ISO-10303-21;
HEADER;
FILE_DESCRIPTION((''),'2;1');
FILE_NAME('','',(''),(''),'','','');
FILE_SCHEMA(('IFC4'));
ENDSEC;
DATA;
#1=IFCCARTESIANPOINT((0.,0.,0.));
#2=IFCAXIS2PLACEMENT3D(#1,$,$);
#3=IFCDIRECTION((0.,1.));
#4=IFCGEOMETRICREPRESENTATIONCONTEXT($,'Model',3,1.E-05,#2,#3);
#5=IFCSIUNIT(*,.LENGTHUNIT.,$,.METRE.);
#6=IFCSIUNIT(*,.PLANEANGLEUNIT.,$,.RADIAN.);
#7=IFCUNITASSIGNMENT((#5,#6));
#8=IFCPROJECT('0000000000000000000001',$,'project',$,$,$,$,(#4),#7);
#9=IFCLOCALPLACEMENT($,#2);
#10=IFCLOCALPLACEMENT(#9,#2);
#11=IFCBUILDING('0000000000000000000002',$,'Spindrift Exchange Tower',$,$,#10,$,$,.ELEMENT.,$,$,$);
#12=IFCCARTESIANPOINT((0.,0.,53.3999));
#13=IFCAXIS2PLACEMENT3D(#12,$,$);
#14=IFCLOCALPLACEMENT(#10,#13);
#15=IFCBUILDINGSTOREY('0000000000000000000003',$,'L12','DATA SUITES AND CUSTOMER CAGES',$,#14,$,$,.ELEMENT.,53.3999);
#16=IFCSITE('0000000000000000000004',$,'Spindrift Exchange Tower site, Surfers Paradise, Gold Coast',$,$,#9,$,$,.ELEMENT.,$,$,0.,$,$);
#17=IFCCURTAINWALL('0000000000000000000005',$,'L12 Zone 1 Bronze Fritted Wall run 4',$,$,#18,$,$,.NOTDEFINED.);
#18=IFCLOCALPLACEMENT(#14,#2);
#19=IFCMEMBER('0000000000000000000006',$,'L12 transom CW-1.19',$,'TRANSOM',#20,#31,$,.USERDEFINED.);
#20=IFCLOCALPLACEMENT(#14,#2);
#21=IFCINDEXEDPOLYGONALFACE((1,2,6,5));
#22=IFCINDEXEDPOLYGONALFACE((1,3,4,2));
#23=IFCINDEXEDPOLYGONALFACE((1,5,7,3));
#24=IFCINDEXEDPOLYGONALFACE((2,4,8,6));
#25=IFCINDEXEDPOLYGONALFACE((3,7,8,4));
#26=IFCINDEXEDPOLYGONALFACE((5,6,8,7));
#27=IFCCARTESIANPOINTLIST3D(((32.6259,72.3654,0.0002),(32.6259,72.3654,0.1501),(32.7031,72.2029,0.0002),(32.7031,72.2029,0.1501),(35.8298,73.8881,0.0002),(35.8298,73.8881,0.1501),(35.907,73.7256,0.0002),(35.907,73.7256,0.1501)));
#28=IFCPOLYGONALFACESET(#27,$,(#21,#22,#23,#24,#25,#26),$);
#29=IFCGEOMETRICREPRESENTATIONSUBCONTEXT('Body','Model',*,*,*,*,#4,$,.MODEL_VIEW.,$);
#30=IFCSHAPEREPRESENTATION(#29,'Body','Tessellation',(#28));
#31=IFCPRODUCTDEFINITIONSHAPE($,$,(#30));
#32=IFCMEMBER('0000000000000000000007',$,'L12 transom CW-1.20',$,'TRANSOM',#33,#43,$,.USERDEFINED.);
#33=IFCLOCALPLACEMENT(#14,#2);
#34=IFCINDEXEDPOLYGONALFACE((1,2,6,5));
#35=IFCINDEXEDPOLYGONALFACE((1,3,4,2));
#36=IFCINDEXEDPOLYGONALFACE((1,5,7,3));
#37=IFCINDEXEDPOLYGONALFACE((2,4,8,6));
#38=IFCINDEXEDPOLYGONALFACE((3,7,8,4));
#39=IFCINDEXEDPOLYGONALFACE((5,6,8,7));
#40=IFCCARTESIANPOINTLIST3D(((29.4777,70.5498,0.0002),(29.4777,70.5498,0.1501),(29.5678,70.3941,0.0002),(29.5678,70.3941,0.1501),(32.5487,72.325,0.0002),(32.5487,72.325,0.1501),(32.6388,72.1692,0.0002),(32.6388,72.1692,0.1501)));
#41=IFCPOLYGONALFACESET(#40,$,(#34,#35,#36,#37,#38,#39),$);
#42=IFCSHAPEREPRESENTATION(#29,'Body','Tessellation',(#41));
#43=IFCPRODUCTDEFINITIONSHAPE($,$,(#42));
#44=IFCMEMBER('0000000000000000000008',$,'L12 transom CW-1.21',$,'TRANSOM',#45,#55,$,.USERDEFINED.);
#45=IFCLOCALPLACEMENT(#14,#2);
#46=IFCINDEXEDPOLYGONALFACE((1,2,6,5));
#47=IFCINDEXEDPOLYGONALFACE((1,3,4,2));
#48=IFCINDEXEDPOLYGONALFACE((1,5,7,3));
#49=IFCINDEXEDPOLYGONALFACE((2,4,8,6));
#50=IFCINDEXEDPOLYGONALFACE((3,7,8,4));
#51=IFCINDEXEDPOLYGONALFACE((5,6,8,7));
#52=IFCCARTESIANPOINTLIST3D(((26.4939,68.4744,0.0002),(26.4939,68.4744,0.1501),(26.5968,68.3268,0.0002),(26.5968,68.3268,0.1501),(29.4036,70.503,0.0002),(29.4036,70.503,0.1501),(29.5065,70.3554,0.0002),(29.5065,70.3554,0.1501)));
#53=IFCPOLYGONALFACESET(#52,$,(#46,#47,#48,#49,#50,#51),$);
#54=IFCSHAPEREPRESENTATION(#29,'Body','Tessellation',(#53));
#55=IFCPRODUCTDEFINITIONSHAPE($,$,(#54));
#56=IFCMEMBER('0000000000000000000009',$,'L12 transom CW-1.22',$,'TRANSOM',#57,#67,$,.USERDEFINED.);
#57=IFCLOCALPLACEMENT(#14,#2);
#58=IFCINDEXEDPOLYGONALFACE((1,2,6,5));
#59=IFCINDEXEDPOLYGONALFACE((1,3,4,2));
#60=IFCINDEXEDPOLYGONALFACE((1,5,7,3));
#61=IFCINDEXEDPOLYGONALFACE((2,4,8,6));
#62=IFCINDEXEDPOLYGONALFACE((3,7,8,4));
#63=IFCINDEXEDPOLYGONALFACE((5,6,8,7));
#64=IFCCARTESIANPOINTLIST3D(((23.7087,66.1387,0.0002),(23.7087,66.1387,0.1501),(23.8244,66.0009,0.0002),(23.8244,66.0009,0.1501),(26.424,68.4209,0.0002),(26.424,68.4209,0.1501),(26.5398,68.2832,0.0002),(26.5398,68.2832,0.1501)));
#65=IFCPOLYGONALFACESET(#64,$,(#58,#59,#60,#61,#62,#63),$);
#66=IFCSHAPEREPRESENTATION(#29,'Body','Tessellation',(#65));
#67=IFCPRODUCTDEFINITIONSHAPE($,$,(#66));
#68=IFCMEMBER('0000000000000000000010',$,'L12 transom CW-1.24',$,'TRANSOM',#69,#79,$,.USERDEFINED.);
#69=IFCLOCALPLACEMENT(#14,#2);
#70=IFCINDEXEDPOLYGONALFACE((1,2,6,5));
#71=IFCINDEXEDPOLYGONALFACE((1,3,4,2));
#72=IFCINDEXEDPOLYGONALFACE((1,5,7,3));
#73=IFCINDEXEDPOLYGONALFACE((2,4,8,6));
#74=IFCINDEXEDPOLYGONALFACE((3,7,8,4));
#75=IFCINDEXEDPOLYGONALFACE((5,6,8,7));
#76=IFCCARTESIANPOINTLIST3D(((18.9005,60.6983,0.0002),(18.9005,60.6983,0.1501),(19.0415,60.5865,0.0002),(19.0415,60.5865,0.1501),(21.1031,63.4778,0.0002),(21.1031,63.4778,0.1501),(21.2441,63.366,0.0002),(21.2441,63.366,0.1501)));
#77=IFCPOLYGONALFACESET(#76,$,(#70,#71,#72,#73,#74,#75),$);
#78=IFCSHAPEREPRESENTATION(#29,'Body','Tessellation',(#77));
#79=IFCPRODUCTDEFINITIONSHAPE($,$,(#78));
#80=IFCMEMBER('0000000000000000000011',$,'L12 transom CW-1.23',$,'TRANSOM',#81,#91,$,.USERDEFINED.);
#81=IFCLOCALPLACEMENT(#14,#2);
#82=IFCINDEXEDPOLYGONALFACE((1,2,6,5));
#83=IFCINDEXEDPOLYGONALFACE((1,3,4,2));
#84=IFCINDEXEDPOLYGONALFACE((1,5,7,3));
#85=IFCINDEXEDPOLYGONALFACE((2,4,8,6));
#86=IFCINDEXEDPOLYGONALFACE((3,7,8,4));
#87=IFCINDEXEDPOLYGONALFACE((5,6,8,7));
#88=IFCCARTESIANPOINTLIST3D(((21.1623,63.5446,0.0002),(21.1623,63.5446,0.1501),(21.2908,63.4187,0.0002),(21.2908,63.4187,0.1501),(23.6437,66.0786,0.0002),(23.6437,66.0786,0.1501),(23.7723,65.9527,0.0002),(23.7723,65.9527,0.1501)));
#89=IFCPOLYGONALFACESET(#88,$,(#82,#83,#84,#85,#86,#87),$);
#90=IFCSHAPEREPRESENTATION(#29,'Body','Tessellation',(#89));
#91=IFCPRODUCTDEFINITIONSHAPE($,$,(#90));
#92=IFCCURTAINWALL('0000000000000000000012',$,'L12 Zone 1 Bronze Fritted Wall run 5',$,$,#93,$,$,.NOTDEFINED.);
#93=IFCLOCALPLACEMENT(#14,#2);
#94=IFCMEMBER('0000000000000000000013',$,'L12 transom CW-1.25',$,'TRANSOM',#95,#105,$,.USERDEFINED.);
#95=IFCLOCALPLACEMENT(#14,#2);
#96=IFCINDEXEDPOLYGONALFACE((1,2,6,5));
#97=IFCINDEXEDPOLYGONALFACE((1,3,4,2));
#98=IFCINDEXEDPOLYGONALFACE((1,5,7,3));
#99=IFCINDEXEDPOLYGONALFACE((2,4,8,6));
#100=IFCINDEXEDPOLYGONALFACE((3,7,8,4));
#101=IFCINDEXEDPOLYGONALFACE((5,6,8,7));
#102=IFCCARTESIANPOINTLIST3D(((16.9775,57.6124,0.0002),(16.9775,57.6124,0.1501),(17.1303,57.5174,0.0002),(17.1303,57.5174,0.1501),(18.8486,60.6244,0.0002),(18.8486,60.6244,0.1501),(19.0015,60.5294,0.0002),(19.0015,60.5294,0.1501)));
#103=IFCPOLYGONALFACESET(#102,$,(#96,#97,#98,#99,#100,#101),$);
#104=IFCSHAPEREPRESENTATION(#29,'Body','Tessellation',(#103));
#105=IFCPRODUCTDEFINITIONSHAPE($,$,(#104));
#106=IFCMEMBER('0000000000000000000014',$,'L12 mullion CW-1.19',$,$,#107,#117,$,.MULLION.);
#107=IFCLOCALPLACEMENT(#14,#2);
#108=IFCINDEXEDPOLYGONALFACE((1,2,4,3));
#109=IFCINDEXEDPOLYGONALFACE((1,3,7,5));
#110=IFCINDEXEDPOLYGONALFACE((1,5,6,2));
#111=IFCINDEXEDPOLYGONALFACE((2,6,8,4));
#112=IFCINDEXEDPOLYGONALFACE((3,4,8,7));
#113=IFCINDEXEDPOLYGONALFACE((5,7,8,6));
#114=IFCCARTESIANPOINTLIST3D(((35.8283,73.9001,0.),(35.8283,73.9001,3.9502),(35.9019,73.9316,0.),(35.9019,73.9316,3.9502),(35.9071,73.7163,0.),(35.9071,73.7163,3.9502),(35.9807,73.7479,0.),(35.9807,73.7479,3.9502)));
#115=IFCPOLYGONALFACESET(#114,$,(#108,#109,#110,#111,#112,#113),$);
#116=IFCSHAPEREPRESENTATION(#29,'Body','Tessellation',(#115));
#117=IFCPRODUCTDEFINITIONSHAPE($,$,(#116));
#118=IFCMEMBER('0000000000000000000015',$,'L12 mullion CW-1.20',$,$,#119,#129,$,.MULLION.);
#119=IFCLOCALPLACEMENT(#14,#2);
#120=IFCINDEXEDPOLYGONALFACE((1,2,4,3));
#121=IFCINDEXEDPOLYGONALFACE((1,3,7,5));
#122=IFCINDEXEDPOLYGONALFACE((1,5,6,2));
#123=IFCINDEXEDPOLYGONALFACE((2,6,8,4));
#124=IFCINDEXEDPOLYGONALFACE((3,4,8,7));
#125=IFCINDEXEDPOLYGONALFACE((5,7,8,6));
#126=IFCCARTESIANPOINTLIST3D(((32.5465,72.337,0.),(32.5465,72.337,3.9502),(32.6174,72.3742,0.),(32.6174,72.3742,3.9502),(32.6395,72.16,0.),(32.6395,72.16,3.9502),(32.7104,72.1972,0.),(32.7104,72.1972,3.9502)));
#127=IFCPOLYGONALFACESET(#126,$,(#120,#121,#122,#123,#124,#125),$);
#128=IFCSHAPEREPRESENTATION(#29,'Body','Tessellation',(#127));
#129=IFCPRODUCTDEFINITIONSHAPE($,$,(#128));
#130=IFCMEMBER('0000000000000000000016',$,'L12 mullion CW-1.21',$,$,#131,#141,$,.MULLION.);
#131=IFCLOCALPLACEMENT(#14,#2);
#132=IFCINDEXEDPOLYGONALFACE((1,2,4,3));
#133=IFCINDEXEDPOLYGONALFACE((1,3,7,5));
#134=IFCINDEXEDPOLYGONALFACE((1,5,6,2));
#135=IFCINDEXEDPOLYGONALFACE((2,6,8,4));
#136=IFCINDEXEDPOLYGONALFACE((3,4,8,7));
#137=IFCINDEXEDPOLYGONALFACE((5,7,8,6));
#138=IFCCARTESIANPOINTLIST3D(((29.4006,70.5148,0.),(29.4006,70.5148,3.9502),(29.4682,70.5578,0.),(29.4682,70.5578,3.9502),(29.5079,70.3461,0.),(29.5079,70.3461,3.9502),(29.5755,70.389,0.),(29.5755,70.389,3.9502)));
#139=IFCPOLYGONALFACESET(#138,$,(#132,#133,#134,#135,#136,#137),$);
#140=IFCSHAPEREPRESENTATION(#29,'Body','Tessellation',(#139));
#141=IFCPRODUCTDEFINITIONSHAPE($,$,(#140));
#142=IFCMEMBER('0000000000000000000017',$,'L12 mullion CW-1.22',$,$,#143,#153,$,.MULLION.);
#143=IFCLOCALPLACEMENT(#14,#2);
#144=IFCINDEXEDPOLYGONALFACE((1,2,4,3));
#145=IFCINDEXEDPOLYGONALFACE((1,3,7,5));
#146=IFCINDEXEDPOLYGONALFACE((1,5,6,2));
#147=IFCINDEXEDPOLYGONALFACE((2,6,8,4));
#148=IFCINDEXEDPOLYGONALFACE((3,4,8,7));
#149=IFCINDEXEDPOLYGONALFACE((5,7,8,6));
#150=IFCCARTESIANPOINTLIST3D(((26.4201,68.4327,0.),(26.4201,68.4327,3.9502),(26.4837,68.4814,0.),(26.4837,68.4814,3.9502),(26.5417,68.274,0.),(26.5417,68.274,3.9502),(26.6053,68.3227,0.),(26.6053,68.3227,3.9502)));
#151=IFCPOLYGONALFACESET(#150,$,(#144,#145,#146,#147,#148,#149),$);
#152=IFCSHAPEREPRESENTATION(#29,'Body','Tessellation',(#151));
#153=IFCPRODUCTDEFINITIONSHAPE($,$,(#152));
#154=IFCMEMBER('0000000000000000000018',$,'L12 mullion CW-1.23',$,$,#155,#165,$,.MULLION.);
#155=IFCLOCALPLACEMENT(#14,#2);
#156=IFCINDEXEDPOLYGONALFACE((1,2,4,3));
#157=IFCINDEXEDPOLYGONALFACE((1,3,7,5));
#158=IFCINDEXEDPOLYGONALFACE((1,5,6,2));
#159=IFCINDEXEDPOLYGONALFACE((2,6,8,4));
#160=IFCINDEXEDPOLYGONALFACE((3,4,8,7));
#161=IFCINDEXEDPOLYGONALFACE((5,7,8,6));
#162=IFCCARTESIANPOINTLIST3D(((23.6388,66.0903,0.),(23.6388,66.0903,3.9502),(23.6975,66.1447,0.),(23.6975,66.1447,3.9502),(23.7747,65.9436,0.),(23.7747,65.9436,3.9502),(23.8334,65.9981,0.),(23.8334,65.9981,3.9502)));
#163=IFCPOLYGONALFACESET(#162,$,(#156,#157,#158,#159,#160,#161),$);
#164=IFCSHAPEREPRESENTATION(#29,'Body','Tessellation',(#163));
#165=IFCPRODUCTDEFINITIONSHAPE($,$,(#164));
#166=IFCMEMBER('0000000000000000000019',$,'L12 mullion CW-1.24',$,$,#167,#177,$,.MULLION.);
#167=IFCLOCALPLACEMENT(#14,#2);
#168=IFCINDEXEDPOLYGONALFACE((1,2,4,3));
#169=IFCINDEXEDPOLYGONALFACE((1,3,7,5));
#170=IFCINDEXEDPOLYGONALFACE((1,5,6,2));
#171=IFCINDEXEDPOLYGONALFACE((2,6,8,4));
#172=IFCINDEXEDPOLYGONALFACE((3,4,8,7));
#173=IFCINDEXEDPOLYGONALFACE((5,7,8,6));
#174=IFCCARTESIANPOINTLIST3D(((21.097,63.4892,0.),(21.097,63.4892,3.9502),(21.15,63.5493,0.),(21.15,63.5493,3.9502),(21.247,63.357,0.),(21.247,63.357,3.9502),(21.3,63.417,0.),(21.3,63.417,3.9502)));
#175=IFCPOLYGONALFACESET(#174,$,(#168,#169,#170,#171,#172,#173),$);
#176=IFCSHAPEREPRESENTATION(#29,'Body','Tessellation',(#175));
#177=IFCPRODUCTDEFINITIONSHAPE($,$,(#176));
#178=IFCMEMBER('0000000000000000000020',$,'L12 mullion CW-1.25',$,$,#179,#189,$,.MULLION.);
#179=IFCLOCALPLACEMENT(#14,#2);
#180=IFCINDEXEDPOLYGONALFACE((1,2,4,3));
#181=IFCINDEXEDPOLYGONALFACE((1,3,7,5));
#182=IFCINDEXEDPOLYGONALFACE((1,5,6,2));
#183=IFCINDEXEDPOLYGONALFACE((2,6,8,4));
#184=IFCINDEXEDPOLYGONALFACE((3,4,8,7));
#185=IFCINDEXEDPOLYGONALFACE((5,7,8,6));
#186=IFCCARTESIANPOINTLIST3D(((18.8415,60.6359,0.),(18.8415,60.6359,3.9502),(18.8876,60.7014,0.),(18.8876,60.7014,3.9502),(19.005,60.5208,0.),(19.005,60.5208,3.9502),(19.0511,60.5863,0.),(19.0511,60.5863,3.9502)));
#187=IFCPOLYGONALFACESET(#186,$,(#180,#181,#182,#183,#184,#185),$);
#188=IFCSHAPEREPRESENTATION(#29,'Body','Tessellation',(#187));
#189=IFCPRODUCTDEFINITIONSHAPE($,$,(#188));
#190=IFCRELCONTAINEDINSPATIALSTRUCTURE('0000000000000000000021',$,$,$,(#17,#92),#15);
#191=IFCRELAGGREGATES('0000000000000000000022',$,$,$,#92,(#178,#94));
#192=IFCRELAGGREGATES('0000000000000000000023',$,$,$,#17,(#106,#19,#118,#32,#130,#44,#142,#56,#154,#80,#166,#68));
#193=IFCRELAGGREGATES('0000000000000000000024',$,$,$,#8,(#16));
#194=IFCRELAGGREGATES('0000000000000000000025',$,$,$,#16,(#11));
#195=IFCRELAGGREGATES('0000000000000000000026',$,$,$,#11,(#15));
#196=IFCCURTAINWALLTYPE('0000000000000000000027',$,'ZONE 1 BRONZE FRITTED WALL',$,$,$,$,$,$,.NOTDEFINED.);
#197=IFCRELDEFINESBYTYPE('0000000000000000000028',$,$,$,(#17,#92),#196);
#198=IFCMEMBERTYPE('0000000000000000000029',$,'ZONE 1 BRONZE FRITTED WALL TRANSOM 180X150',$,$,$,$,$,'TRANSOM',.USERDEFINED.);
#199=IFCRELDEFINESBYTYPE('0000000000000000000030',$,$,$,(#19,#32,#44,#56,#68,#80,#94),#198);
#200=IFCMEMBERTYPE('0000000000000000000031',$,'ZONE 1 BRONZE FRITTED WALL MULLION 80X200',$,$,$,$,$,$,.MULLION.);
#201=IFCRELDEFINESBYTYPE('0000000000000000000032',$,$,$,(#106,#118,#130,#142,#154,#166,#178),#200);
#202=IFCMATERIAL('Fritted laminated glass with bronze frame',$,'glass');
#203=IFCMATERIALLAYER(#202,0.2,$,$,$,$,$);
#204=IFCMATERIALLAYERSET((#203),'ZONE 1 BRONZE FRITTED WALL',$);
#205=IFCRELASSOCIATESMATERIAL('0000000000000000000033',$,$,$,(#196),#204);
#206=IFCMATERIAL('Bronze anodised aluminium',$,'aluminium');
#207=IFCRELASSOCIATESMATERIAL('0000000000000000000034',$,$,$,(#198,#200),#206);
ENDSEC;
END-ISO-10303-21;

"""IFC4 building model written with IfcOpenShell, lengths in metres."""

from ifc_helpers import new_model, si_unit, direction, frame, origin, origin_2d, place, context, subcontext, project, spatial, rectangle, extrude, source, transform, mapped, material, layer, layer_set, material_profile, profile_set, type_object, element, aggregate, save


model = new_model("IFC4")

# Units and contexts
model_context = context("Model", 3, precision=1e-05, world=origin(), true_north=direction((0.0, 1.0)))
body_context = subcontext(model_context, "Body", "Model", "MODEL_VIEW")
ifc_project = project(units=[si_unit("LENGTHUNIT", "METRE"), si_unit("PLANEANGLEUNIT", "RADIAN")], contexts=[model_context])

# Site, building, storey
site_placement = place(None, origin())
site = spatial("IfcSite", under=ifc_project, at=site_placement, Name="Spindrift Exchange Tower site, Surfers Paradise, Gold Coast", CompositionType="ELEMENT", RefElevation=0.0)
building_placement = place(site_placement, origin())
building = spatial("IfcBuilding", under=site, at=building_placement, Name="Spindrift Exchange Tower", CompositionType="ELEMENT")
storey_placement = place(building_placement, frame((0.0, 0.0, 53.3999)))
storey = spatial("IfcBuildingStorey", under=building, at=storey_placement, Name="L12", Description="DATA SUITES AND CUSTOMER CAGES", CompositionType="ELEMENT", Elevation=53.3999)

# Curtain wall, members
ifc_material_1 = material(Name="Fritted laminated glass with bronze frame", Category="glass")
ifc_layer_1 = layer(ifc_material_1, 0.2)
ifc_layer_set_1 = layer_set([ifc_layer_1], Name="ZONE 1 BRONZE FRITTED WALL")
curtain_wall_type = type_object("IfcCurtainWallType", Name="ZONE 1 BRONZE FRITTED WALL", PredefinedType="NOTDEFINED", material=ifc_layer_set_1)
curtain_wall_1_placement = place(storey_placement, origin())
curtain_wall_1 = element("IfcCurtainWall", 1, at=curtain_wall_1_placement, inside=storey, type_object=curtain_wall_type, Name="L12 Zone 1 Bronze Fritted Wall run 4", PredefinedType="NOTDEFINED")
ifc_material_2 = material(Name="Bronze anodised aluminium", Category="aluminium")
ifc_material_profile_1 = material_profile(ifc_material_2, rectangle(XDim=0.1799, YDim=0.1499, at=origin_2d()), Name="ZONE 1 BRONZE FRITTED WALL TRANSOM 180X150")
ifc_profile_set_1 = profile_set([ifc_material_profile_1], Name="Bronze anodised aluminium")
member_type_1 = type_object("IfcMemberType", Name="ZONE 1 BRONZE FRITTED WALL TRANSOM 180X150", ElementType="TRANSOM", PredefinedType="USERDEFINED", material=ifc_profile_set_1)
shared_shape_1 = source(origin(), body_context, "Body", "SweptSolid", [
    extrude(rectangle(XDim=0.1799, YDim=0.1499, at=origin_2d()), origin(), (0.0, 0.0, 1.0), 3.5474),
])
member_1_placement = place(storey_placement, frame((35.8684, 73.8069, 0.0752), z_axis=(-0.903182, -0.429258, 0.0), x_axis=(0.429258, -0.903182, 0.0)))
member_1 = element("IfcMember", 2, at=member_1_placement, type_object=member_type_1, Name="L12 transom CW-1.19", ObjectType="TRANSOM", PredefinedType="USERDEFINED", context=body_context, shape_type="MappedRepresentation", body=[
    mapped(shared_shape_1, transform((0.0, 0.0, 0.0), scale=1.0)),
])
shared_shape_2 = source(origin(), body_context, "Body", "SweptSolid", [
    extrude(rectangle(XDim=0.1799, YDim=0.1499, at=origin_2d()), origin(), (0.0, 0.0, 1.0), 3.5471),
])
member_2_placement = place(storey_placement, frame((32.5938, 72.2471, 0.0752), z_axis=(-0.865772, -0.500439, 0.0), x_axis=(0.500439, -0.865772, 0.0)))
member_2 = element("IfcMember", 3, at=member_2_placement, type_object=member_type_1, Name="L12 transom CW-1.20", ObjectType="TRANSOM", PredefinedType="USERDEFINED", context=body_context, shape_type="MappedRepresentation", body=[
    mapped(shared_shape_2, transform((0.0, 0.0, 0.0), scale=1.0)),
])
member_3_placement = place(storey_placement, frame((29.4551, 70.4292, 0.0752), z_axis=(-0.820317, -0.571909, 0.0), x_axis=(0.571909, -0.820317, 0.0)))
member_3 = element("IfcMember", 4, at=member_3_placement, type_object=member_type_1, Name="L12 transom CW-1.21", ObjectType="TRANSOM", PredefinedType="USERDEFINED", context=body_context, shape_type="MappedRepresentation", body=[
    mapped(shared_shape_2, transform((0.0, 0.0, 0.0), scale=1.0)),
])
member_4_placement = place(storey_placement, frame((26.4819, 68.3521, 0.0752), z_axis=(-0.765518, -0.643415, 0.0), x_axis=(0.643415, -0.765518, 0.0)))
member_4 = element("IfcMember", 5, at=member_4_placement, type_object=member_type_1, Name="L12 transom CW-1.22", ObjectType="TRANSOM", PredefinedType="USERDEFINED", context=body_context, shape_type="MappedRepresentation", body=[
    mapped(shared_shape_2, transform((0.0, 0.0, 0.0), scale=1.0)),
])
shared_shape_3 = source(origin(), body_context, "Body", "SweptSolid", [
    extrude(rectangle(XDim=0.1799, YDim=0.1499, at=origin_2d()), origin(), (0.0, 0.0, 1.0), 3.5464),
])
member_5_placement = place(storey_placement, frame((21.1736, 63.4219, 0.0752), z_axis=(-0.621078, -0.783748, 0.0), x_axis=(0.783748, -0.621078, 0.0)))
member_5 = element("IfcMember", 6, at=member_5_placement, type_object=member_type_1, Name="L12 transom CW-1.24", ObjectType="TRANSOM", PredefinedType="USERDEFINED", context=body_context, shape_type="MappedRepresentation", body=[
    mapped(shared_shape_3, transform((0.0, 0.0, 0.0), scale=1.0)),
])
shared_shape_4 = source(origin(), body_context, "Body", "SweptSolid", [
    extrude(rectangle(XDim=0.1799, YDim=0.1499, at=origin_2d()), origin(), (0.0, 0.0, 1.0), 3.5466),
])
member_6_placement = place(storey_placement, frame((23.708, 66.0156, 0.0752), z_axis=(-0.699668, -0.714468, 0.0), x_axis=(0.714468, -0.699668, 0.0)))
member_6 = element("IfcMember", 7, at=member_6_placement, type_object=member_type_1, Name="L12 transom CW-1.23", ObjectType="TRANSOM", PredefinedType="USERDEFINED", context=body_context, shape_type="MappedRepresentation", body=[
    mapped(shared_shape_4, transform((0.0, 0.0, 0.0), scale=1.0)),
])

# Curtain wall, member
curtain_wall_2_placement = place(storey_placement, origin())
curtain_wall_2 = element("IfcCurtainWall", 8, at=curtain_wall_2_placement, inside=storey, type_object=curtain_wall_type, Name="L12 Zone 1 Bronze Fritted Wall run 5", PredefinedType="NOTDEFINED")
shared_shape_5 = source(origin(), body_context, "Body", "SweptSolid", [
    extrude(rectangle(XDim=0.1799, YDim=0.1499, at=origin_2d()), origin(), (0.0, 0.0, 1.0), 3.5459),
])
member_7_placement = place(storey_placement, frame((18.925, 60.5769, 0.0752), z_axis=(-0.527688, -0.849438, 0.0), x_axis=(0.849438, -0.527688, 0.0)))
member_7 = element("IfcMember", 9, at=member_7_placement, type_object=member_type_1, Name="L12 transom CW-1.25", ObjectType="TRANSOM", PredefinedType="USERDEFINED", context=body_context, shape_type="MappedRepresentation", body=[
    mapped(shared_shape_5, transform((0.0, 0.0, 0.0), scale=1.0)),
])

# Members
ifc_material_profile_2 = material_profile(ifc_material_2, rectangle(XDim=0.0801, YDim=0.2, at=origin_2d()), Name="ZONE 1 BRONZE FRITTED WALL MULLION 80X200")
ifc_profile_set_2 = profile_set([ifc_material_profile_2], Name="Bronze anodised aluminium")
member_type_2 = type_object("IfcMemberType", Name="ZONE 1 BRONZE FRITTED WALL MULLION 80X200", PredefinedType="MULLION", material=ifc_profile_set_2)
shared_shape_6 = source(origin(), body_context, "Body", "SweptSolid", [
    extrude(rectangle(XDim=0.0801, YDim=0.2, at=origin_2d()), origin(), (0.0, 0.0, 1.0), 3.9502),
])
member_8_placement = place(storey_placement, frame((35.9045, 73.824, 0.0), z_axis=(0.0, 0.0, 1.0), x_axis=(-0.919087, -0.394054, 0.0)))
member_8 = element("IfcMember", 10, at=member_8_placement, type_object=member_type_2, Name="L12 mullion CW-1.19", PredefinedType="MULLION", context=body_context, shape_type="MappedRepresentation", body=[
    mapped(shared_shape_6, transform((0.0, 0.0, 0.0), scale=1.0)),
])
member_9_placement = place(storey_placement, frame((32.6284, 72.2671, 0.0), z_axis=(0.0, 0.0, 1.0), x_axis=(-0.885211, -0.46519, 0.0)))
member_9 = element("IfcMember", 11, at=member_9_placement, type_object=member_type_2, Name="L12 mullion CW-1.20", PredefinedType="MULLION", context=body_context, shape_type="MappedRepresentation", body=[
    mapped(shared_shape_6, transform((0.0, 0.0, 0.0), scale=1.0)),
])
member_10_placement = place(storey_placement, frame((29.488, 70.4519, 0.0), z_axis=(0.0, 0.0, 1.0), x_axis=(-0.843822, -0.536624, 0.0)))
member_10 = element("IfcMember", 12, at=member_10_placement, type_object=member_type_2, Name="L12 mullion CW-1.21", PredefinedType="MULLION", context=body_context, shape_type="MappedRepresentation", body=[
    mapped(shared_shape_6, transform((0.0, 0.0, 0.0), scale=1.0)),
])
member_11_placement = place(storey_placement, frame((26.5127, 68.3777, 0.0), z_axis=(0.0, 0.0, 1.0), x_axis=(-0.793739, -0.608259, 0.0)))
member_11 = element("IfcMember", 13, at=member_11_placement, type_object=member_type_2, Name="L12 mullion CW-1.22", PredefinedType="MULLION", context=body_context, shape_type="MappedRepresentation", body=[
    mapped(shared_shape_6, transform((0.0, 0.0, 0.0), scale=1.0)),
])
member_12_placement = place(storey_placement, frame((23.7361, 66.0442, 0.0), z_axis=(0.0, 0.0, 1.0), x_axis=(-0.733475, -0.679717, 0.0)))
member_12 = element("IfcMember", 14, at=member_12_placement, type_object=member_type_2, Name="L12 mullion CW-1.23", PredefinedType="MULLION", context=body_context, shape_type="MappedRepresentation", body=[
    mapped(shared_shape_6, transform((0.0, 0.0, 0.0), scale=1.0)),
])
member_13_placement = place(storey_placement, frame((21.1985, 63.4531, 0.0), z_axis=(0.0, 0.0, 1.0), x_axis=(-0.661302, -0.75012, 0.0)))
member_13 = element("IfcMember", 15, at=member_13_placement, type_object=member_type_2, Name="L12 mullion CW-1.24", PredefinedType="MULLION", context=body_context, shape_type="MappedRepresentation", body=[
    mapped(shared_shape_6, transform((0.0, 0.0, 0.0), scale=1.0)),
])
member_14_placement = place(storey_placement, frame((18.9463, 60.6111, 0.0), z_axis=(0.0, 0.0, 1.0), x_axis=(-0.57532, -0.817928, 0.0)))
member_14 = element("IfcMember", 16, at=member_14_placement, type_object=member_type_2, Name="L12 mullion CW-1.25", PredefinedType="MULLION", context=body_context, shape_type="MappedRepresentation", body=[
    mapped(shared_shape_6, transform((0.0, 0.0, 0.0), scale=1.0)),
])
aggregate(curtain_wall_2, [member_14, member_7])

aggregate(curtain_wall_1, [member_8, member_1, member_9, member_2, member_10, member_3, member_11, member_4, member_12, member_6, member_13, member_5])

save(model, "model.ifc")
